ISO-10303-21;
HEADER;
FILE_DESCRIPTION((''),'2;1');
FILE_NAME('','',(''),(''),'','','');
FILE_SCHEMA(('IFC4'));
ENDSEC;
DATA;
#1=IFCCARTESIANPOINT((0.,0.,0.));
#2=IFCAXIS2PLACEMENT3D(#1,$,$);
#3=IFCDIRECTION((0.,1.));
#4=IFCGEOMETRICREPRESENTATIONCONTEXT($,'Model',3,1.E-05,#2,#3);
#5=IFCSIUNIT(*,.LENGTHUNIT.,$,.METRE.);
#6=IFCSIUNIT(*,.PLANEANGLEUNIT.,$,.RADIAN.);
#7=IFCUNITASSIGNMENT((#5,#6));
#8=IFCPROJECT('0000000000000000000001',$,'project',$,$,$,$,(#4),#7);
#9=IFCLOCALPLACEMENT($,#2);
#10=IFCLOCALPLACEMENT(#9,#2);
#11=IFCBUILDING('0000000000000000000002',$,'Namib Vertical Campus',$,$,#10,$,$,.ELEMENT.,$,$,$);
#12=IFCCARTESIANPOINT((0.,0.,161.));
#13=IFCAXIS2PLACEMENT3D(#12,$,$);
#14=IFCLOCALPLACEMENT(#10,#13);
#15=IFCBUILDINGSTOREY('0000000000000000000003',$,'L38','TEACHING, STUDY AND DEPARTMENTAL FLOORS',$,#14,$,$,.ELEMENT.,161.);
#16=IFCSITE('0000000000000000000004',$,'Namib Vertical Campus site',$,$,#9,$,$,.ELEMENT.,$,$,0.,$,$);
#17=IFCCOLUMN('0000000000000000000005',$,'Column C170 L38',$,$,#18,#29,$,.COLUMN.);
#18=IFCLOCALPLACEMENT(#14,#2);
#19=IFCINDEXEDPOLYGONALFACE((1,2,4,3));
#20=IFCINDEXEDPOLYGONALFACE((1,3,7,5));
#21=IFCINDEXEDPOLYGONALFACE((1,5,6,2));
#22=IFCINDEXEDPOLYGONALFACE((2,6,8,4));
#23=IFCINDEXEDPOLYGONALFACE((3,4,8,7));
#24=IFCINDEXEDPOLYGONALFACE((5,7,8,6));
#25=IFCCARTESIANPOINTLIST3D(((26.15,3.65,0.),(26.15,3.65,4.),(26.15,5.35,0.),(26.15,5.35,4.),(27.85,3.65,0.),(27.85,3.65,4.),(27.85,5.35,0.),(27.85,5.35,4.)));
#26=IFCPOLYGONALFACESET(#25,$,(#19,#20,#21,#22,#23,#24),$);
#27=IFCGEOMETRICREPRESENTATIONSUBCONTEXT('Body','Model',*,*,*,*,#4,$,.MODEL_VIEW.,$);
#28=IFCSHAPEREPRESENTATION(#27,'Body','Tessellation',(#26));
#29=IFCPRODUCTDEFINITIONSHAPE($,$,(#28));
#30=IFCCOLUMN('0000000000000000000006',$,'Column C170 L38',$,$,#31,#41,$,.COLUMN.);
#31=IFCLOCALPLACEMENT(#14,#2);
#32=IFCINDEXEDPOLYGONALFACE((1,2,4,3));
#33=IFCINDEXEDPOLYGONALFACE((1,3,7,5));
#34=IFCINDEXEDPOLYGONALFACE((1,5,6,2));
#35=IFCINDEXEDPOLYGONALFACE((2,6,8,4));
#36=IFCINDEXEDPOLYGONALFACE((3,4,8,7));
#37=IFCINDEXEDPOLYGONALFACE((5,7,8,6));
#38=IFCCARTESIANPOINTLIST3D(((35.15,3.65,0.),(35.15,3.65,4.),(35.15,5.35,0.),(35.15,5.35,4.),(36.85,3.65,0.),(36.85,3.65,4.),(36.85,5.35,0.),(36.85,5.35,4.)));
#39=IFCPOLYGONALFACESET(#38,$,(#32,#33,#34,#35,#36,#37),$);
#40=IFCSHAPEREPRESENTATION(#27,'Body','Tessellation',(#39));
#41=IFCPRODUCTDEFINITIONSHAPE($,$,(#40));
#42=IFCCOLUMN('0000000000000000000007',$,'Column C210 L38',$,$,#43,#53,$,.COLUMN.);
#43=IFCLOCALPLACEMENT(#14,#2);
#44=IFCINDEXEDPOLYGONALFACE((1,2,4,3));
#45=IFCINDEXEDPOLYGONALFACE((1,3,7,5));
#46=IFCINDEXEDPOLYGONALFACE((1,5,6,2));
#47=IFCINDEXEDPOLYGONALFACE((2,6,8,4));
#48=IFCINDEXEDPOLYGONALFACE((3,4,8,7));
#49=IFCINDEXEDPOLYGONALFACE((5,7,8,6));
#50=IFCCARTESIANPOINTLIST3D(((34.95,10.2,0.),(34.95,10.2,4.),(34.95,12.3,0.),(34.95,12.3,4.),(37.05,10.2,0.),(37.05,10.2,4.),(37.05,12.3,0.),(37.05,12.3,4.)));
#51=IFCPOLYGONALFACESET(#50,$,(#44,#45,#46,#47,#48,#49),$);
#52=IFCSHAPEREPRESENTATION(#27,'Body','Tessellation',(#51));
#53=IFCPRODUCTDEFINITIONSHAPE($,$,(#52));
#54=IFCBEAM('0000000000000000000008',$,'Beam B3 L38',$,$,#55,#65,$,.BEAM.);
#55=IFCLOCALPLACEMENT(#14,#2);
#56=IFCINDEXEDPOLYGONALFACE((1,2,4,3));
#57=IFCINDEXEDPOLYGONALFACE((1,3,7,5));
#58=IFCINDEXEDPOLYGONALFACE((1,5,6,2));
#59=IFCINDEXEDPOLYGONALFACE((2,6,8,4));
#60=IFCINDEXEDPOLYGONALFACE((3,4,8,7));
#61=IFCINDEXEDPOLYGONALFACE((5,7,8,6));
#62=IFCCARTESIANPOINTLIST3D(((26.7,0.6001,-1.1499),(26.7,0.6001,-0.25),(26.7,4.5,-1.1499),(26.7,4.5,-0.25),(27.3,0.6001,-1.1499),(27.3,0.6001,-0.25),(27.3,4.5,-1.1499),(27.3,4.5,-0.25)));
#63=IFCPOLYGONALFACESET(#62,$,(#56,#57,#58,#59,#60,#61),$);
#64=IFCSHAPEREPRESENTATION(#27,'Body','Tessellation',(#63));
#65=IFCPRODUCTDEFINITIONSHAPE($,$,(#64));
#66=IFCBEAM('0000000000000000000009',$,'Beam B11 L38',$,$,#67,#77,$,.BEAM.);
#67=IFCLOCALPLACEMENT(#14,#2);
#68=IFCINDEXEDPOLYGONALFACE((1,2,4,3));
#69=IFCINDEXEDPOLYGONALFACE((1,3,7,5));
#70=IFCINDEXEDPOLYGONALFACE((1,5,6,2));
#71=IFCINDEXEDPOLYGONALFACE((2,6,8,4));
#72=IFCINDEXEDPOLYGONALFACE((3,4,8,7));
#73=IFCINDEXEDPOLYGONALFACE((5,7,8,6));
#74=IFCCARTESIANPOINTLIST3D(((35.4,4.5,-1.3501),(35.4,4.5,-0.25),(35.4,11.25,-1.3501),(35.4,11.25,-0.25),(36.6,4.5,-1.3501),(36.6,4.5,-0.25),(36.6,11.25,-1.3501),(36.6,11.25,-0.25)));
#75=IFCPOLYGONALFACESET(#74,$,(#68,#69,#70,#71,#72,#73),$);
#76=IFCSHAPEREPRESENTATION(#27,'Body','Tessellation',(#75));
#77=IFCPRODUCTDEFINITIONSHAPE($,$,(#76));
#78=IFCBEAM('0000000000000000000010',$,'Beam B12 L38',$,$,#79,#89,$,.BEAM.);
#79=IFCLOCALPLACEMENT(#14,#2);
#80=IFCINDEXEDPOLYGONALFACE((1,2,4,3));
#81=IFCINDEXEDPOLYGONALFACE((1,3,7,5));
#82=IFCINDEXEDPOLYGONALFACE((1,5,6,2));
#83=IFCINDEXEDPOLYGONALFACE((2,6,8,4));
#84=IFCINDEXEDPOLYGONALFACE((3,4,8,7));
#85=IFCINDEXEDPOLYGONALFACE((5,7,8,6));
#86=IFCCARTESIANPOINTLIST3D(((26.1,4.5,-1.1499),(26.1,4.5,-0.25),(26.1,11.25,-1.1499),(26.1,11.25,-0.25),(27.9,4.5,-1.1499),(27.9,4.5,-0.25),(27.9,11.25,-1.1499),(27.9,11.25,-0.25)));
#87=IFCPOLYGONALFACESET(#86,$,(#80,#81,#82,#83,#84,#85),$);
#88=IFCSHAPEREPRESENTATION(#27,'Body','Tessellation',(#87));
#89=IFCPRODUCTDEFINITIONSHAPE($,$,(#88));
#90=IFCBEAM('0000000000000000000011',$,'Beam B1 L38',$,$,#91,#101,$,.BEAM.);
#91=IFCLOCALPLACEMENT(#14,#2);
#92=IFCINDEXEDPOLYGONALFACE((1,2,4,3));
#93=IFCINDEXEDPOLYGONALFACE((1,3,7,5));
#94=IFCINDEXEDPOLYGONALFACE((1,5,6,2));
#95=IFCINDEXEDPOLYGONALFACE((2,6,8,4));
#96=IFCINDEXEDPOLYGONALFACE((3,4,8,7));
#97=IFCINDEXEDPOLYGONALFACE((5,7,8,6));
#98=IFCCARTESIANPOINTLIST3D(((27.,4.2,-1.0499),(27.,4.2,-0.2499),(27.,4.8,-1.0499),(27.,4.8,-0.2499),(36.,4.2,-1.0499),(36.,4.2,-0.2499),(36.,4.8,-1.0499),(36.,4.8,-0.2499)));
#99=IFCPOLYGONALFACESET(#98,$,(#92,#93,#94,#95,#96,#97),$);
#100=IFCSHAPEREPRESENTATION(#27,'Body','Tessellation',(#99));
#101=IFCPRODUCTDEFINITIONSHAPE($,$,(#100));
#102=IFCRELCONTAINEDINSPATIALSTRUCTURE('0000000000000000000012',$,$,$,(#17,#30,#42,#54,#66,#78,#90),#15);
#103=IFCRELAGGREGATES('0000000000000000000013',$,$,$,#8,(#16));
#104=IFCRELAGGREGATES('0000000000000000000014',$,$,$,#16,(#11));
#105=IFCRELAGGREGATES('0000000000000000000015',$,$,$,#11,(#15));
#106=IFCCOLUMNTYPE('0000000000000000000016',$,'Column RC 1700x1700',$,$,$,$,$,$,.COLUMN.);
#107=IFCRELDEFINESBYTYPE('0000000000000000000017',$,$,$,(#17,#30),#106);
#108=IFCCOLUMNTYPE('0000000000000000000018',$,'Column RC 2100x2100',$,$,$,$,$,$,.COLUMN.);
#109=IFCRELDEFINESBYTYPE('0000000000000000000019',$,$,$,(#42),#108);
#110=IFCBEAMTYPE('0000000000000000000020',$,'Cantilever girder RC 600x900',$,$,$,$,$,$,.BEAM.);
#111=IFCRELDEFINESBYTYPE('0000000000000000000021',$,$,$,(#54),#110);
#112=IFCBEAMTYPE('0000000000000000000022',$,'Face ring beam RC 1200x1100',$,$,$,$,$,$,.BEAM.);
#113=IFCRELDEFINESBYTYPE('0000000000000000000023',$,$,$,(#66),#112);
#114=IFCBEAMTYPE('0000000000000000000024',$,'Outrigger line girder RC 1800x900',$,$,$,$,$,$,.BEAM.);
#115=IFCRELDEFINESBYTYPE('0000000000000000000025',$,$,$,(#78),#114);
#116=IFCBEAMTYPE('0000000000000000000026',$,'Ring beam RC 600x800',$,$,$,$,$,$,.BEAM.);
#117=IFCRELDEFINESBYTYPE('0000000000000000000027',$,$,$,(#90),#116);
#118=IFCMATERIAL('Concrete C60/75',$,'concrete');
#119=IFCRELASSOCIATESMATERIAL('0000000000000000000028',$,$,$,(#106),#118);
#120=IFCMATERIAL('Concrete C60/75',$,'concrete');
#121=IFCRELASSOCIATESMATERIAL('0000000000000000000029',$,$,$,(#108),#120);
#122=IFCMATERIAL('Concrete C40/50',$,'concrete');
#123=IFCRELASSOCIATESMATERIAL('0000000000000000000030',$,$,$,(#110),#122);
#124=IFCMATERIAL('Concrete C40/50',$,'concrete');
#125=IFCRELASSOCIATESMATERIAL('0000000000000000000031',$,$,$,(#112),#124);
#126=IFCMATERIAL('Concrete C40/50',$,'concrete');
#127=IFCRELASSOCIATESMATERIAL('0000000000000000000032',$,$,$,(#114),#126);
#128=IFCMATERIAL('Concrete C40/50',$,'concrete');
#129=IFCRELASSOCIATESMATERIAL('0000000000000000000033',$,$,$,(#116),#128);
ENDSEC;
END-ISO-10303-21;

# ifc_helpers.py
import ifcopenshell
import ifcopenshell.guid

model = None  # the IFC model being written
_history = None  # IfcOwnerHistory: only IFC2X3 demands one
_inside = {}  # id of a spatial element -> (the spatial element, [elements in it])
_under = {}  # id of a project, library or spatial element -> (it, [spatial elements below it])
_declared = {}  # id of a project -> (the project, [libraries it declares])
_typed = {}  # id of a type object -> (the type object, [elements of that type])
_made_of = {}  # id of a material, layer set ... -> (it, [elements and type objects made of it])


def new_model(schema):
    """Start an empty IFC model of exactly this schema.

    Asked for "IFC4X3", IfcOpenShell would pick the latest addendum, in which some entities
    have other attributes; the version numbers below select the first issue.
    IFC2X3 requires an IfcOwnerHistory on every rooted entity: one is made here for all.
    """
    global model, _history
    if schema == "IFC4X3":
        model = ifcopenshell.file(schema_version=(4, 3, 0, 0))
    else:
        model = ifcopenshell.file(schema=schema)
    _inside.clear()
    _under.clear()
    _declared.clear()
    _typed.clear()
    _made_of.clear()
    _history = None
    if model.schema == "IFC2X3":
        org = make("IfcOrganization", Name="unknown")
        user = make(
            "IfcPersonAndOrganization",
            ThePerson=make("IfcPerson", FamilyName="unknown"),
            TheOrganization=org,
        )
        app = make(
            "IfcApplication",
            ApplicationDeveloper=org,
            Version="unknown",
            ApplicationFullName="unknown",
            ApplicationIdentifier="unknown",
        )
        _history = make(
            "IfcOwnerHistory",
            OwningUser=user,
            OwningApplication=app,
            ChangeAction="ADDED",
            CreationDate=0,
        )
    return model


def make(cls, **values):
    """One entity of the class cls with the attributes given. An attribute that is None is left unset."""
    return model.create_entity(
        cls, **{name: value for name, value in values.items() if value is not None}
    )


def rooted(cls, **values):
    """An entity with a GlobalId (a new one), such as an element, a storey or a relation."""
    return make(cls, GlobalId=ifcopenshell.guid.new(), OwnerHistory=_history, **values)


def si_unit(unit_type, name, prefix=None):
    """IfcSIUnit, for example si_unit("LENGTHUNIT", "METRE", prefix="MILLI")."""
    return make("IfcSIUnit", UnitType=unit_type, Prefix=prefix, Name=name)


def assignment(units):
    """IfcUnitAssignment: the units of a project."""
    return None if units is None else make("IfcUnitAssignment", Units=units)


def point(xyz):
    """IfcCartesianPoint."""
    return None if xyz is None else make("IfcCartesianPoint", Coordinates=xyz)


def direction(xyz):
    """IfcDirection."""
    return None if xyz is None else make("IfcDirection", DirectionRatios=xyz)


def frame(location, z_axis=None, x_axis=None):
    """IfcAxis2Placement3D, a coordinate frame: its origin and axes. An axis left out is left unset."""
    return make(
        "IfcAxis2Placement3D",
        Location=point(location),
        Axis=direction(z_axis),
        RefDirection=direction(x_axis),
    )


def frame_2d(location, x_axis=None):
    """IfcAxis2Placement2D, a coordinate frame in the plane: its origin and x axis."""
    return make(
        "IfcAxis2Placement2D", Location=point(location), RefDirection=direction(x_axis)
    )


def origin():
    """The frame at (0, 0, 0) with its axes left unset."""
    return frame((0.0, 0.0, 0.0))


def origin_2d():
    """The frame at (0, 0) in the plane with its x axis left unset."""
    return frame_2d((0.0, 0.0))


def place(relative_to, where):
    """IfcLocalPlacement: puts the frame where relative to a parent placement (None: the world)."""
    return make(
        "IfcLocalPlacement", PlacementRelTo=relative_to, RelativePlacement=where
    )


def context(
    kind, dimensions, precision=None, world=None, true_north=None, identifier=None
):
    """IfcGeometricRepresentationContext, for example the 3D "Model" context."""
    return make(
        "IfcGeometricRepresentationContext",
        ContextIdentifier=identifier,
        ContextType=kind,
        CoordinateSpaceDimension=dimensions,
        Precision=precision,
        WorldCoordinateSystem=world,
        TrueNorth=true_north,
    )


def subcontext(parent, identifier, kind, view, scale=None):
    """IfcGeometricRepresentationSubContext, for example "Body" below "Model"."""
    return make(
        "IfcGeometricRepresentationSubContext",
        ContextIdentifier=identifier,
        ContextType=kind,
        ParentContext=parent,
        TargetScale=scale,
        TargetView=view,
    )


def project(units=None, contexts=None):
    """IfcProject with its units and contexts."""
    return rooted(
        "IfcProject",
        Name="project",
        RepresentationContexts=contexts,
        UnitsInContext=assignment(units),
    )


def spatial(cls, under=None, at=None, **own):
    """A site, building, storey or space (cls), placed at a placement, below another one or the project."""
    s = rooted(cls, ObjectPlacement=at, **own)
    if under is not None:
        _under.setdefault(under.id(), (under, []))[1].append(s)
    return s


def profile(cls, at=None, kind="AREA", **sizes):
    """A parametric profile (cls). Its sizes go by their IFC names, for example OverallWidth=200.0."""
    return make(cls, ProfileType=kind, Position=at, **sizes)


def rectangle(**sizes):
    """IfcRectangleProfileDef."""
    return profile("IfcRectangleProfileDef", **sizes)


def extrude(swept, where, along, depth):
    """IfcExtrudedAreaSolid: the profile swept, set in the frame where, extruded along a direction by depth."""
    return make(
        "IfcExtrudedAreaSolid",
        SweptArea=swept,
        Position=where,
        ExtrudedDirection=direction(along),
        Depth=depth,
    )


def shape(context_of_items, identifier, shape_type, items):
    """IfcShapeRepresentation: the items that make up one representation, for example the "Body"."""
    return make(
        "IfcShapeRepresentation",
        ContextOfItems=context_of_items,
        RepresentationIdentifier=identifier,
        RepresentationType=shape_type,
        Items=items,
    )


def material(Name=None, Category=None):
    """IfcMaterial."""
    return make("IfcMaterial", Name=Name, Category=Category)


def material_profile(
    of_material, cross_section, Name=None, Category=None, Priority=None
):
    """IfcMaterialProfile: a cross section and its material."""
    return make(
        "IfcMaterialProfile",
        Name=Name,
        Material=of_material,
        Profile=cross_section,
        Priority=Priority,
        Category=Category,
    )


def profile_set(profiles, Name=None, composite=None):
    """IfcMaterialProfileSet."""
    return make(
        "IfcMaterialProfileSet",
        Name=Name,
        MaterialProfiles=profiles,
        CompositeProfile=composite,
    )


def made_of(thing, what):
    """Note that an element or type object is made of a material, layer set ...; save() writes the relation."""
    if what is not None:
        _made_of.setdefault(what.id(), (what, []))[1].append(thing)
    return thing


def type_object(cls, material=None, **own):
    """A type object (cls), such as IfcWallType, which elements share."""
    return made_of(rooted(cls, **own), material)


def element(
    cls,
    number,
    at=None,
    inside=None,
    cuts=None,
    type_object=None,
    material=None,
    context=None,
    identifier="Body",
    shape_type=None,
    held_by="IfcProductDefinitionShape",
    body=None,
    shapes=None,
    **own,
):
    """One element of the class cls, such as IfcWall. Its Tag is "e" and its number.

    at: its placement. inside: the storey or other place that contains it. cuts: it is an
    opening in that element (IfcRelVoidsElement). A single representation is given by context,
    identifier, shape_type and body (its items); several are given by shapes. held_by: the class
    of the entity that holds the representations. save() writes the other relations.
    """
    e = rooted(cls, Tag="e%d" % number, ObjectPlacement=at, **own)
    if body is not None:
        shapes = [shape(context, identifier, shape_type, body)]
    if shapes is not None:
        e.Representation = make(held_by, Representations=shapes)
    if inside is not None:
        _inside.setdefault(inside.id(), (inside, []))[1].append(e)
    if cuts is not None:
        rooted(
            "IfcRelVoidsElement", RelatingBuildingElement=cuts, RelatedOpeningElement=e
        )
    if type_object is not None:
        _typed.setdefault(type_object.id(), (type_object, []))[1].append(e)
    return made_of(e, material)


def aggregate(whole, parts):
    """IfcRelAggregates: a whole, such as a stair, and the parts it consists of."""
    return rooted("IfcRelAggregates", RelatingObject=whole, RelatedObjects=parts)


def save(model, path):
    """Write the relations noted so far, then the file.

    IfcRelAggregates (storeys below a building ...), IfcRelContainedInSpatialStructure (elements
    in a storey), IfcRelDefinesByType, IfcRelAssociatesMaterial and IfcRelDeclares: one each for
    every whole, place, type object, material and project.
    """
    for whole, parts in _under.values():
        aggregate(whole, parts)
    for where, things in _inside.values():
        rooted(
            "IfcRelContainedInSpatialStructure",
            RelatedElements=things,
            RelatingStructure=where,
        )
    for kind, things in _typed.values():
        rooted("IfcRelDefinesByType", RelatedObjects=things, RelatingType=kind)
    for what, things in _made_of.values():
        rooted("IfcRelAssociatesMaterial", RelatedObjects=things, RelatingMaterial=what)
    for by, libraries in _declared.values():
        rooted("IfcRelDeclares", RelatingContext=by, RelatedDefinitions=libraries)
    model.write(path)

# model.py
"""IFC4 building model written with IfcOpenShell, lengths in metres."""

from ifc_helpers import new_model, si_unit, direction, frame, origin, origin_2d, place, context, subcontext, project, spatial, rectangle, extrude, material, material_profile, profile_set, type_object, element, save


model = new_model("IFC4")

# Units and contexts
model_context = context("Model", 3, precision=1e-05, world=origin(), true_north=direction((0.0, 1.0)))
body_context = subcontext(model_context, "Body", "Model", "MODEL_VIEW")
ifc_project = project(units=[si_unit("LENGTHUNIT", "METRE"), si_unit("PLANEANGLEUNIT", "RADIAN")], contexts=[model_context])

# Site, building, storey
site_placement = place(None, origin())
site = spatial("IfcSite", under=ifc_project, at=site_placement, Name="Namib Vertical Campus site", CompositionType="ELEMENT", RefElevation=0.0)
building_placement = place(site_placement, origin())
building = spatial("IfcBuilding", under=site, at=building_placement, Name="Namib Vertical Campus", CompositionType="ELEMENT")
storey_placement = place(building_placement, frame((0.0, 0.0, 161.0)))
storey = spatial("IfcBuildingStorey", under=building, at=storey_placement, Name="L38", Description="TEACHING, STUDY AND DEPARTMENTAL FLOORS", CompositionType="ELEMENT", Elevation=161.0)

# Columns
ifc_material_1 = material(Name="Concrete C60/75", Category="concrete")
ifc_material_profile_1 = material_profile(ifc_material_1, rectangle(XDim=1.7, YDim=1.7, at=origin_2d()))
ifc_profile_set_1 = profile_set([ifc_material_profile_1], Name="Concrete C60/75")
column_type_1 = type_object("IfcColumnType", Name="Column RC 1700x1700", PredefinedType="COLUMN", material=ifc_profile_set_1)
for number, where, z_axis, x_axis, name in (
    (1, (27.0, 4.5, 0.0), (0.0, 0.0, 1.0), (1.0, 0.0, 0.0), "Column C170 L38"),
    (2, (36.0, 4.5, 0.0), (0.0, 0.0, 1.0), (1.0, 0.0, 0.0), "Column C170 L38"),
):
    element("IfcColumn", number, at=place(storey_placement, frame(where, z_axis=z_axis, x_axis=x_axis)), inside=storey, type_object=column_type_1, Name=name, PredefinedType="COLUMN", context=body_context, shape_type="SweptSolid", body=[
        extrude(rectangle(XDim=1.7, YDim=1.7, at=origin_2d()), origin(), (0.0, 0.0, 1.0), 4.0),
    ])
ifc_material_2 = material(Name="Concrete C60/75", Category="concrete")
ifc_material_profile_2 = material_profile(ifc_material_2, rectangle(XDim=2.1001, YDim=2.1001, at=origin_2d()))
ifc_profile_set_2 = profile_set([ifc_material_profile_2], Name="Concrete C60/75")
column_type_2 = type_object("IfcColumnType", Name="Column RC 2100x2100", PredefinedType="COLUMN", material=ifc_profile_set_2)
column_placement = place(storey_placement, frame((36.0, 11.25, 0.0), z_axis=(0.0, 0.0, 1.0), x_axis=(1.0, 0.0, 0.0)))
element("IfcColumn", 3, at=column_placement, inside=storey, type_object=column_type_2, Name="Column C210 L38", PredefinedType="COLUMN", context=body_context, shape_type="SweptSolid", body=[
    extrude(rectangle(XDim=2.1001, YDim=2.1001, at=origin_2d()), origin(), (0.0, 0.0, 1.0), 4.0),
])

# Beams
ifc_material_3 = material(Name="Concrete C40/50", Category="concrete")
ifc_material_profile_3 = material_profile(ifc_material_3, rectangle(XDim=0.6001, YDim=0.8999, at=origin_2d()))
ifc_profile_set_3 = profile_set([ifc_material_profile_3], Name="Concrete C40/50")
beam_type_1 = type_object("IfcBeamType", Name="Cantilever girder RC 600x900", PredefinedType="BEAM", material=ifc_profile_set_3)
beam_1_placement = place(storey_placement, frame((27.0, 4.5, -0.7), z_axis=(0.0, -1.0, 0.0), x_axis=(1.0, 0.0, 0.0)))
element("IfcBeam", 4, at=beam_1_placement, inside=storey, type_object=beam_type_1, Name="Beam B3 L38", PredefinedType="BEAM", context=body_context, shape_type="SweptSolid", body=[
    extrude(rectangle(XDim=0.6001, YDim=0.8999, at=origin_2d()), origin(), (0.0, 0.0, 1.0), 3.8999),
])
ifc_material_4 = material(Name="Concrete C40/50", Category="concrete")
ifc_material_profile_4 = material_profile(ifc_material_4, rectangle(XDim=1.2, YDim=1.1001, at=origin_2d()))
ifc_profile_set_4 = profile_set([ifc_material_profile_4], Name="Concrete C40/50")
beam_type_2 = type_object("IfcBeamType", Name="Face ring beam RC 1200x1100", PredefinedType="BEAM", material=ifc_profile_set_4)
beam_2_placement = place(storey_placement, frame((36.0, 4.5, -0.8), z_axis=(0.0, 1.0, 0.0), x_axis=(-1.0, 0.0, 0.0)))
element("IfcBeam", 5, at=beam_2_placement, inside=storey, type_object=beam_type_2, Name="Beam B11 L38", PredefinedType="BEAM", context=body_context, shape_type="SweptSolid", body=[
    extrude(rectangle(XDim=1.2, YDim=1.1001, at=origin_2d()), origin(), (0.0, 0.0, 1.0), 6.75),
])
ifc_material_5 = material(Name="Concrete C40/50", Category="concrete")
ifc_material_profile_5 = material_profile(ifc_material_5, rectangle(XDim=1.8, YDim=0.8999, at=origin_2d()))
ifc_profile_set_5 = profile_set([ifc_material_profile_5], Name="Concrete C40/50")
beam_type_3 = type_object("IfcBeamType", Name="Outrigger line girder RC 1800x900", PredefinedType="BEAM", material=ifc_profile_set_5)
beam_3_placement = place(storey_placement, frame((27.0, 4.5, -0.7), z_axis=(0.0, 1.0, 0.0), x_axis=(-1.0, 0.0, 0.0)))
element("IfcBeam", 6, at=beam_3_placement, inside=storey, type_object=beam_type_3, Name="Beam B12 L38", PredefinedType="BEAM", context=body_context, shape_type="SweptSolid", body=[
    extrude(rectangle(XDim=1.8, YDim=0.8999, at=origin_2d()), origin(), (0.0, 0.0, 1.0), 6.75),
])
ifc_material_6 = material(Name="Concrete C40/50", Category="concrete")
ifc_material_profile_6 = material_profile(ifc_material_6, rectangle(XDim=0.6001, YDim=0.8, at=origin_2d()))
ifc_profile_set_6 = profile_set([ifc_material_profile_6], Name="Concrete C40/50")
beam_type_4 = type_object("IfcBeamType", Name="Ring beam RC 600x800", PredefinedType="BEAM", material=ifc_profile_set_6)
beam_4_placement = place(storey_placement, frame((27.0, 4.5, -0.6499), z_axis=(1.0, 0.0, 0.0), x_axis=(0.0, 1.0, 0.0)))
element("IfcBeam", 7, at=beam_4_placement, inside=storey, type_object=beam_type_4, Name="Beam B1 L38", PredefinedType="BEAM", context=body_context, shape_type="SweptSolid", body=[
    extrude(rectangle(XDim=0.6001, YDim=0.8, at=origin_2d()), origin(), (0.0, 0.0, 1.0), 9.0),
])

save(model, "model.ifc")
